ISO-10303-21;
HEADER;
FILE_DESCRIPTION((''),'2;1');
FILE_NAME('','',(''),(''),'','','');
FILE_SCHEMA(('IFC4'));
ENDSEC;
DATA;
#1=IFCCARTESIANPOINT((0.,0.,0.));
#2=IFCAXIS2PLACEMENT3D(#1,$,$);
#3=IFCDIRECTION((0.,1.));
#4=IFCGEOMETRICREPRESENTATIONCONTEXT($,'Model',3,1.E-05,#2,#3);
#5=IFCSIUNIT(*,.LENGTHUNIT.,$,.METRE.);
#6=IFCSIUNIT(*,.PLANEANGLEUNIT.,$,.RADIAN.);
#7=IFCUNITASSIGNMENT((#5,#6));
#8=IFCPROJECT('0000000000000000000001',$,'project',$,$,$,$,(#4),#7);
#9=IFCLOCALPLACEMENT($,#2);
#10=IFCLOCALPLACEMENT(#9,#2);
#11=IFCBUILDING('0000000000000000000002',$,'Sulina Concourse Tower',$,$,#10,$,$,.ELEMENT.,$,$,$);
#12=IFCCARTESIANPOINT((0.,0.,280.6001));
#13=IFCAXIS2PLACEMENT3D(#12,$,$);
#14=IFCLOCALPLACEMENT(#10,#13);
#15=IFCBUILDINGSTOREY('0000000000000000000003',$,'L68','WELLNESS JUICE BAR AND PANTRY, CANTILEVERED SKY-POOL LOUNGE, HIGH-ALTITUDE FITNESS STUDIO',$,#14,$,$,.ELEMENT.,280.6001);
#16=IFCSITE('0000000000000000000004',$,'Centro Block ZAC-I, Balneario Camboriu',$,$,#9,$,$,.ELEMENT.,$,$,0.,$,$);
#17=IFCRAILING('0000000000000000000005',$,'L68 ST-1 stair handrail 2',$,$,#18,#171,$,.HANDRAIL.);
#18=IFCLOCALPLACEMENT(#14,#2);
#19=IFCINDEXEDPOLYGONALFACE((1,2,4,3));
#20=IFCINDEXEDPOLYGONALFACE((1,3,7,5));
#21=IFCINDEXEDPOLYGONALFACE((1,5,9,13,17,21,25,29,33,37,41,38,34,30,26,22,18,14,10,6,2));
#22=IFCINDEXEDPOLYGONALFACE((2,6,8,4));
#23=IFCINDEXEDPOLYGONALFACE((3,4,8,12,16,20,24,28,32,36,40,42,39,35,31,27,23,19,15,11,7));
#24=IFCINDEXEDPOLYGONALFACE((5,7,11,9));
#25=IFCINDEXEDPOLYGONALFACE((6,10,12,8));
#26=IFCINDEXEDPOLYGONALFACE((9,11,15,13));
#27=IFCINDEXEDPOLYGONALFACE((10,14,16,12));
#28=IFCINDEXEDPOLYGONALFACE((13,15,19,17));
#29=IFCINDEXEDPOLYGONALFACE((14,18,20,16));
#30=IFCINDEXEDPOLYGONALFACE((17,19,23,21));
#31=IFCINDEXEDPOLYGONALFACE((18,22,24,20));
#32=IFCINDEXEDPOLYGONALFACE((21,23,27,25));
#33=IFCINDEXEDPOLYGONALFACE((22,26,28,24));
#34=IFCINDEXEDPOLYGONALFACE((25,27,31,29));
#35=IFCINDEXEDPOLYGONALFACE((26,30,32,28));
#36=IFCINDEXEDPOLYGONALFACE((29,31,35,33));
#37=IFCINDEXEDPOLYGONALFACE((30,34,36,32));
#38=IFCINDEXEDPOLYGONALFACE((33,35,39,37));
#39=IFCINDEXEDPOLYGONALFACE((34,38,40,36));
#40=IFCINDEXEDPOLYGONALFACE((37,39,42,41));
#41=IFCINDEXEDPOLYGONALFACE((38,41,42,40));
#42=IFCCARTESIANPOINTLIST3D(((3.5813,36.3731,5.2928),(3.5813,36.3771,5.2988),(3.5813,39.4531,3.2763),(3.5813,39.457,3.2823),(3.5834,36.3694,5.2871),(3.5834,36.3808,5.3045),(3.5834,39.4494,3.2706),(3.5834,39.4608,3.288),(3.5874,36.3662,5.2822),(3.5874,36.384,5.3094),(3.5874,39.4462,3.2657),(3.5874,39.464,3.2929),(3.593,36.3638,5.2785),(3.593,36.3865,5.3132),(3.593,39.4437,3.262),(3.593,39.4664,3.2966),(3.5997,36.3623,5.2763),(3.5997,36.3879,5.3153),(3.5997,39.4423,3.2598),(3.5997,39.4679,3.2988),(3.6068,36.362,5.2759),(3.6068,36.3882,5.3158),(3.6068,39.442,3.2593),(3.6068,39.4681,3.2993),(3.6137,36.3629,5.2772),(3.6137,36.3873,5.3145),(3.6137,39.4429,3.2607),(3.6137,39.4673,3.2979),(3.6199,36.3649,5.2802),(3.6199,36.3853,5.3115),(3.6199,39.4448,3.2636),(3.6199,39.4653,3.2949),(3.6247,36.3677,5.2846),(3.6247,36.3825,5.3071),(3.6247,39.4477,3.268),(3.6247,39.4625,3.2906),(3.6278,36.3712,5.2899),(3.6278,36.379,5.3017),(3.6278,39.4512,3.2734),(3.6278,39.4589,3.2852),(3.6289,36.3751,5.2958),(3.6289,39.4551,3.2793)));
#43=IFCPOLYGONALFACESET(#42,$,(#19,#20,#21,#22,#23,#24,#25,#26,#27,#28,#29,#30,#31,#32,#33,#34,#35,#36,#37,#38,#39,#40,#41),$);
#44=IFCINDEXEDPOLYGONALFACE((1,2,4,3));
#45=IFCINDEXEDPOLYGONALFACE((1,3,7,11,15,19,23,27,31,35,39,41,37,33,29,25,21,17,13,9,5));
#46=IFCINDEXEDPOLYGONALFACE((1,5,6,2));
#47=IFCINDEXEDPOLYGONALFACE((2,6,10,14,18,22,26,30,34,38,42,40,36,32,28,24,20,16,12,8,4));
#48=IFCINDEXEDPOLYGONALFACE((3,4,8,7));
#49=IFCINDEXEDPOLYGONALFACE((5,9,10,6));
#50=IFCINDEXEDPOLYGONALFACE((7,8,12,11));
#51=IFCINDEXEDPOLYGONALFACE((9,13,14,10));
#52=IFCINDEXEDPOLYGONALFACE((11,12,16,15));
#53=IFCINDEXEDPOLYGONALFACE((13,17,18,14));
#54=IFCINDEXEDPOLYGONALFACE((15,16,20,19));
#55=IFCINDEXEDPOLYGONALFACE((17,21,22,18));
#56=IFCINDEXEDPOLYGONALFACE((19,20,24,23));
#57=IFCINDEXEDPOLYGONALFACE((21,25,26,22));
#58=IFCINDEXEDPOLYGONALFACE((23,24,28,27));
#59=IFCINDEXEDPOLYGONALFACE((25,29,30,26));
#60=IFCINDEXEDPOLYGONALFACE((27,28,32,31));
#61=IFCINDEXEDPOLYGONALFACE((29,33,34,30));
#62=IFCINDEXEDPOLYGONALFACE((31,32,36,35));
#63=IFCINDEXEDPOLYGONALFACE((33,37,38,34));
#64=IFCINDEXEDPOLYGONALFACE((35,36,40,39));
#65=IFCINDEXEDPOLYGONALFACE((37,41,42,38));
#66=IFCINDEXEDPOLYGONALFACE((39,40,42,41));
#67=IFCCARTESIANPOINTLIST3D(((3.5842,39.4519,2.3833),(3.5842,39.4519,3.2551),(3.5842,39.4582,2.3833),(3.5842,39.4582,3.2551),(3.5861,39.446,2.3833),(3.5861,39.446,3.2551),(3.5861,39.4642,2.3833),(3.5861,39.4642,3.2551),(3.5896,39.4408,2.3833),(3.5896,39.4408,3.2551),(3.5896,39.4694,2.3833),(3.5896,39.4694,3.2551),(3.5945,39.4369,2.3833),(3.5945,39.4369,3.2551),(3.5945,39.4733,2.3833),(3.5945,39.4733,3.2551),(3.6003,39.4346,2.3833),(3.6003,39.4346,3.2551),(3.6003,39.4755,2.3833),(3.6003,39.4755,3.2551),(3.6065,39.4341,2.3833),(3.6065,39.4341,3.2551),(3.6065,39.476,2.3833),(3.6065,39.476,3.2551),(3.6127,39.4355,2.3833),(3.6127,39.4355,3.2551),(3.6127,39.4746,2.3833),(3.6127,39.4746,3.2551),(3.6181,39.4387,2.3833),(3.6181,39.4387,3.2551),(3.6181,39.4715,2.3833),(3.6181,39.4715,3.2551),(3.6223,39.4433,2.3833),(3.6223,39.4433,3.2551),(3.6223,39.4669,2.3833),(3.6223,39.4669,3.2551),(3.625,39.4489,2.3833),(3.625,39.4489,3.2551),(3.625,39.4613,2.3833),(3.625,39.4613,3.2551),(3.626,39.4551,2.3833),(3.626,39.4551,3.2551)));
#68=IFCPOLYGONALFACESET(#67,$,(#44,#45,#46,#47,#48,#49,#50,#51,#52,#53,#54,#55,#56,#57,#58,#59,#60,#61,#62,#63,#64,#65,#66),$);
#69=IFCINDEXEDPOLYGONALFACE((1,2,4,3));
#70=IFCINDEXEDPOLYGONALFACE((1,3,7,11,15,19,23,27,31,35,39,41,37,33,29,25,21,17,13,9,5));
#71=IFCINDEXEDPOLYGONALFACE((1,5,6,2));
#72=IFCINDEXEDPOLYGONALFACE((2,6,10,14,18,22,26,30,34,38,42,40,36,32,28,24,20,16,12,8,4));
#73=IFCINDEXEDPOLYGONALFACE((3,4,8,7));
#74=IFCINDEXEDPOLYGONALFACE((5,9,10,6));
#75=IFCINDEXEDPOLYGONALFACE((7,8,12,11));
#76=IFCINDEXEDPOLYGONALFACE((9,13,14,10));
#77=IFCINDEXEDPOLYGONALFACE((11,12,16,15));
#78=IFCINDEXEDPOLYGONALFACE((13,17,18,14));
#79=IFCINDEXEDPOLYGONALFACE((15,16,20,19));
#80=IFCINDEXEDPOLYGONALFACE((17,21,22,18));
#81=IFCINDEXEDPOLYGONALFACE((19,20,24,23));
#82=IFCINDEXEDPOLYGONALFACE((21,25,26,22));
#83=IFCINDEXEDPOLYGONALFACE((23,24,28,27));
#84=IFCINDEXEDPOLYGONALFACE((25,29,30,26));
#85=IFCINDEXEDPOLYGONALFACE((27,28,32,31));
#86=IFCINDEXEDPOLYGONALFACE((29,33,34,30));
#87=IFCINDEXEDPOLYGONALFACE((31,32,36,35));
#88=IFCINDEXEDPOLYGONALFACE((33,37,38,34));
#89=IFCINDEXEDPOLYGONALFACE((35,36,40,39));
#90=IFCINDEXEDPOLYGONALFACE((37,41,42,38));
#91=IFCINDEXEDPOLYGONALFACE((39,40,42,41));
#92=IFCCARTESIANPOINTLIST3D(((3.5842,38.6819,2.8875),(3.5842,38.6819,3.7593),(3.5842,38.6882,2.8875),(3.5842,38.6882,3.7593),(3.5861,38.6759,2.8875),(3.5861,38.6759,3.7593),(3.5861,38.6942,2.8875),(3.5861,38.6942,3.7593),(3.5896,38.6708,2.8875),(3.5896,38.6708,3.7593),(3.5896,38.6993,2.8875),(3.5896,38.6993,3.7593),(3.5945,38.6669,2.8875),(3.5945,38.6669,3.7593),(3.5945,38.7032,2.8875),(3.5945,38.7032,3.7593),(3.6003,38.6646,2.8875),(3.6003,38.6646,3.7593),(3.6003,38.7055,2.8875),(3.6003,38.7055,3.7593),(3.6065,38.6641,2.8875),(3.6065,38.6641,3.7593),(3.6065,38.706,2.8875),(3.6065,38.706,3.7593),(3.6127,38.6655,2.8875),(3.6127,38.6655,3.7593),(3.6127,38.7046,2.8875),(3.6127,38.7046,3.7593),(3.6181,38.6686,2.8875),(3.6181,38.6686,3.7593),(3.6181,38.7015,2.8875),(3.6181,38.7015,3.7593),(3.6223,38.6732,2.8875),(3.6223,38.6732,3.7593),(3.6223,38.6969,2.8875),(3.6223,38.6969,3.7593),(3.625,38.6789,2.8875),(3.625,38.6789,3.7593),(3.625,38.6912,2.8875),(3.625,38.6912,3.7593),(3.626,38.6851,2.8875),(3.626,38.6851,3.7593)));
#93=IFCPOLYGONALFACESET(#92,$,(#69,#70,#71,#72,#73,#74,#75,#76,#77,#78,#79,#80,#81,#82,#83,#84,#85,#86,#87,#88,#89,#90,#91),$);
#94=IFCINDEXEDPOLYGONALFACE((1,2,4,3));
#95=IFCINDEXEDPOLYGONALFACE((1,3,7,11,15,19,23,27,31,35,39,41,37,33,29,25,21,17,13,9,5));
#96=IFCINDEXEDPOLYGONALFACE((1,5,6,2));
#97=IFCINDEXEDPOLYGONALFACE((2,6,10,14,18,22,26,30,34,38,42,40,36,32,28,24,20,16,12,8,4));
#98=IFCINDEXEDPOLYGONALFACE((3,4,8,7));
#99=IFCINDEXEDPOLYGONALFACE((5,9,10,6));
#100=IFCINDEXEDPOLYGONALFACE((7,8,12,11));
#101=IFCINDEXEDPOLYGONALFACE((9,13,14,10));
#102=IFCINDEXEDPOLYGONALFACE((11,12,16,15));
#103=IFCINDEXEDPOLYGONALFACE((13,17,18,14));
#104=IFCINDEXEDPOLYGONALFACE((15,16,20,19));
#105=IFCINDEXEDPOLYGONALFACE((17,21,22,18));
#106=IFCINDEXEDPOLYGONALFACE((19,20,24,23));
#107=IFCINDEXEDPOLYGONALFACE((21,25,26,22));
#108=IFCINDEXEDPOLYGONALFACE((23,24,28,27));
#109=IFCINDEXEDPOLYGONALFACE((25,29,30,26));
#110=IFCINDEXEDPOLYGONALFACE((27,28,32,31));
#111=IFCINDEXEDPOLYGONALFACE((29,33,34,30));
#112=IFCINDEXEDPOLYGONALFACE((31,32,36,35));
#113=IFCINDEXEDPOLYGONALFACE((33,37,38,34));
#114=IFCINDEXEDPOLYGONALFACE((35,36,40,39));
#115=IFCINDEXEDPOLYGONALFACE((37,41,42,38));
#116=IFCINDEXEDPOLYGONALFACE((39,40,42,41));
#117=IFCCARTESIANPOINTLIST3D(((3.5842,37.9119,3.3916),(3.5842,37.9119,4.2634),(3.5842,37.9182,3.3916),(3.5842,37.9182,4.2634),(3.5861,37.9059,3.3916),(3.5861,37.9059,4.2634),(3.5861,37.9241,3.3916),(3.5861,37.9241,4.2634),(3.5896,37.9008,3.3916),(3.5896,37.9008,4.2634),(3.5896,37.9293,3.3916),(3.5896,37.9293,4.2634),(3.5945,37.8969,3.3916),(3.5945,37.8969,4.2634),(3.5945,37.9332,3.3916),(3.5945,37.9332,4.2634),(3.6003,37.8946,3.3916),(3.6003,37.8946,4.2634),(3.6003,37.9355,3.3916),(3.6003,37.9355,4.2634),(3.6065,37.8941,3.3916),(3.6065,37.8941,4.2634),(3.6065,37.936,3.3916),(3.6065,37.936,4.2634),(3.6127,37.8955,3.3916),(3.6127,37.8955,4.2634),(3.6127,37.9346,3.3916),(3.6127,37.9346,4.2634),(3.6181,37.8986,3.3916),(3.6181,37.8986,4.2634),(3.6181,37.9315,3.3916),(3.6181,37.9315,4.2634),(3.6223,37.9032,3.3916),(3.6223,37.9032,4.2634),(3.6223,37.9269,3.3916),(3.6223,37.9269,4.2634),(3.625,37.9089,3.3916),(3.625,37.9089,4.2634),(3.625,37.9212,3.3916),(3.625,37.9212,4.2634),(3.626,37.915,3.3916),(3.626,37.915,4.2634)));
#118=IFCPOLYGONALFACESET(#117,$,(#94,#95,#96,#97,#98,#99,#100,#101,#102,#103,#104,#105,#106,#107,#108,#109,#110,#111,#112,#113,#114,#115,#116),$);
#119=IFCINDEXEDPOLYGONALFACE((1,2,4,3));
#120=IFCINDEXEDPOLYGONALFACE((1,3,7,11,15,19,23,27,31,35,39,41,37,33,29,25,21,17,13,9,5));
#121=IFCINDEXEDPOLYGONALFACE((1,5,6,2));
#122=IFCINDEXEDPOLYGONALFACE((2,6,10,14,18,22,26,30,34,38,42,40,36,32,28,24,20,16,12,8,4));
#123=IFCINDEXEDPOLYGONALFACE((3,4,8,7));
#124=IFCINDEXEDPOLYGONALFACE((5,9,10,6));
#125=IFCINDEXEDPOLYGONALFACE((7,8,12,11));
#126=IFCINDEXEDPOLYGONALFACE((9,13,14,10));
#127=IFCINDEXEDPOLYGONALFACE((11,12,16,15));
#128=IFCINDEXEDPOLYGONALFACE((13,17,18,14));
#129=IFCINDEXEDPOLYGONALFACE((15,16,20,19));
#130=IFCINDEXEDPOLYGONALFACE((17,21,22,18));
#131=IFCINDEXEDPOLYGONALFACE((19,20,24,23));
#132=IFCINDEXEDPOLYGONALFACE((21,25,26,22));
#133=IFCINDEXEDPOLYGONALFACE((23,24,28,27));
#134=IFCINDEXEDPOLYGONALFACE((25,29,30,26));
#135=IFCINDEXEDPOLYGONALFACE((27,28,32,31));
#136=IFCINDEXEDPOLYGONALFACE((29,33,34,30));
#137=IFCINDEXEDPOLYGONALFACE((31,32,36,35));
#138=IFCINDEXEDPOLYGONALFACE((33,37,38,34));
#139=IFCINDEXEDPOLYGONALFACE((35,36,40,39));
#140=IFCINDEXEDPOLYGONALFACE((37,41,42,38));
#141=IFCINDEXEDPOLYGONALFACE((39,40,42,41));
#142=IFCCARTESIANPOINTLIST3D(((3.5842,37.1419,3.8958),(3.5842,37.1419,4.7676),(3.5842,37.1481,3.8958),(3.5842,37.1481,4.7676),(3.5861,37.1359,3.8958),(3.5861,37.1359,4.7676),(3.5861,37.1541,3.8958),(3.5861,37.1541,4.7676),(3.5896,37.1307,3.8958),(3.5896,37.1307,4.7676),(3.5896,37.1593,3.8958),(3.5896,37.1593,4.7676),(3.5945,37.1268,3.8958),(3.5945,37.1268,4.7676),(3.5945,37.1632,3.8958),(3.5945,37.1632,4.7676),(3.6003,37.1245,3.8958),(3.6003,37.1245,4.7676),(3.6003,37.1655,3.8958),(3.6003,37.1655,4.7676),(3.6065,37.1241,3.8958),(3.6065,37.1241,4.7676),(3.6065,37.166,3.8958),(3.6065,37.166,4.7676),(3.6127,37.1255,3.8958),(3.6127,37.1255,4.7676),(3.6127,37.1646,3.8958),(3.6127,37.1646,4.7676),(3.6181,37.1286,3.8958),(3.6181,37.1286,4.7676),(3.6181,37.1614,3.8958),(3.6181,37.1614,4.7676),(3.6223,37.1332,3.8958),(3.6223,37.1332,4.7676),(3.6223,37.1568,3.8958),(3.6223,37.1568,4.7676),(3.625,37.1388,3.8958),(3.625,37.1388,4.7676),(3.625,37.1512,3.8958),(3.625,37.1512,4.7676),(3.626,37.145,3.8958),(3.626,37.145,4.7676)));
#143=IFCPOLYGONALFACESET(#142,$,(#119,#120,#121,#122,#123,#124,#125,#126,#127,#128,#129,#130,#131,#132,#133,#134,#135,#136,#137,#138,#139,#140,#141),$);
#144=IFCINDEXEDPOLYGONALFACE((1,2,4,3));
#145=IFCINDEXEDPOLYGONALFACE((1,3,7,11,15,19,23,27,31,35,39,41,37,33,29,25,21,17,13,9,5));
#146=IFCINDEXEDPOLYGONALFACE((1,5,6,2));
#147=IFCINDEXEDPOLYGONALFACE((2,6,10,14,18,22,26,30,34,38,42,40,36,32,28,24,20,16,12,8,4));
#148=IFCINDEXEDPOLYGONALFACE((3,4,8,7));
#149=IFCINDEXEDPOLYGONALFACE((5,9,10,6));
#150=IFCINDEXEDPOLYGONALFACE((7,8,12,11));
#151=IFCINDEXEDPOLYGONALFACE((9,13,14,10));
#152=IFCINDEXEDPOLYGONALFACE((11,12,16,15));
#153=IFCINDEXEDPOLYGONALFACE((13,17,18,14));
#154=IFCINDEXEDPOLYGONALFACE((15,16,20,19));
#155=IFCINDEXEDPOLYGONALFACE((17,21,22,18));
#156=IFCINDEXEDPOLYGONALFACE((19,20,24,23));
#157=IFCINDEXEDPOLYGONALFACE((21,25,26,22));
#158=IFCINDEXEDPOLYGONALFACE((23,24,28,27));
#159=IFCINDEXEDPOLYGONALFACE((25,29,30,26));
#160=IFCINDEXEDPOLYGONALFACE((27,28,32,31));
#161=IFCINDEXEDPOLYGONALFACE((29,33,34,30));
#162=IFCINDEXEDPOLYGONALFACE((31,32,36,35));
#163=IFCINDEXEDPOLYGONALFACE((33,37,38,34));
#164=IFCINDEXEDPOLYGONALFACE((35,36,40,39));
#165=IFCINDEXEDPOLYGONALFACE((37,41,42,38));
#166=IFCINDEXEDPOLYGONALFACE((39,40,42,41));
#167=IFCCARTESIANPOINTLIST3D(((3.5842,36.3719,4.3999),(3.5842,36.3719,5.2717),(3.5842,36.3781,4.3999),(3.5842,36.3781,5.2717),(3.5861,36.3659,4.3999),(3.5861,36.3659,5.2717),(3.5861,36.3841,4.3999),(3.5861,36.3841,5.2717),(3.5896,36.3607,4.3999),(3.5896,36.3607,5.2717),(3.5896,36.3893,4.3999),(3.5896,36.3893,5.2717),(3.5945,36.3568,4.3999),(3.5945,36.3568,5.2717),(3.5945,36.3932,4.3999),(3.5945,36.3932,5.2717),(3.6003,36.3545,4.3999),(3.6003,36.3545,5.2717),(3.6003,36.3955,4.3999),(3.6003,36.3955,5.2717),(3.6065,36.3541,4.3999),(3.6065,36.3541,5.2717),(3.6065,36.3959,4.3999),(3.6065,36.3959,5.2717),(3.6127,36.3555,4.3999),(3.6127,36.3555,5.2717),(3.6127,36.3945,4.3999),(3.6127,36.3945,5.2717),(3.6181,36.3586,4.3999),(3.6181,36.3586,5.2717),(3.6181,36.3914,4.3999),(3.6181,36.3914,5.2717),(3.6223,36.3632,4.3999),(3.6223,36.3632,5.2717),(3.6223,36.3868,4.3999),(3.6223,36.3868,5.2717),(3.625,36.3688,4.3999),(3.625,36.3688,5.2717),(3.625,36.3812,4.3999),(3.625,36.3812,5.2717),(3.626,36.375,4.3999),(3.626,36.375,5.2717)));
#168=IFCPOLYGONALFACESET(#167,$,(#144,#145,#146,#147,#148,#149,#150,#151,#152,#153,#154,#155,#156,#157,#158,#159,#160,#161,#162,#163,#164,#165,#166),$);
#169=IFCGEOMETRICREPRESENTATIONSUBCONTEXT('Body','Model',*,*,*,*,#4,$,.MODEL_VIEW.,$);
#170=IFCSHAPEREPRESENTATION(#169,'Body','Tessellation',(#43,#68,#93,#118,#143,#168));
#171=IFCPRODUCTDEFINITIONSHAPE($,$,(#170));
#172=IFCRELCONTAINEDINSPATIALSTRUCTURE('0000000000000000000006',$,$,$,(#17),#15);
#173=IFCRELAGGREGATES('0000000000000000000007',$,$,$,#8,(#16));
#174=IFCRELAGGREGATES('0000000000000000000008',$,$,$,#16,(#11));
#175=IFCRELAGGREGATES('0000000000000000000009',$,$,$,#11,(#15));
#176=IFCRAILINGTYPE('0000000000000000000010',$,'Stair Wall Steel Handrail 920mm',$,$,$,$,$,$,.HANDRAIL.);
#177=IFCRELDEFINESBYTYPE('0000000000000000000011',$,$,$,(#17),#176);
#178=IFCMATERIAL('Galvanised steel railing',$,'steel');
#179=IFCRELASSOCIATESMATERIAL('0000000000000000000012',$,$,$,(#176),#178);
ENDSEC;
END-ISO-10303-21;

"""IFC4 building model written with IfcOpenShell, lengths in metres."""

from ifc_helpers import new_model, si_unit, direction, frame, origin, origin_2d, place, context, subcontext, project, spatial, circle, extrude, material, type_object, element, save


model = new_model("IFC4")

# Units and contexts
model_context = context("Model", 3, precision=1e-05, world=origin(), true_north=direction((0.0, 1.0)))
body_context = subcontext(model_context, "Body", "Model", "MODEL_VIEW")
ifc_project = project(units=[si_unit("LENGTHUNIT", "METRE"), si_unit("PLANEANGLEUNIT", "RADIAN")], contexts=[model_context])

# Site, building, storey
site_placement = place(None, origin())
site = spatial("IfcSite", under=ifc_project, at=site_placement, Name="Centro Block ZAC-I, Balneario Camboriu", CompositionType="ELEMENT", RefElevation=0.0)
building_placement = place(site_placement, origin())
building = spatial("IfcBuilding", under=site, at=building_placement, Name="Sulina Concourse Tower", CompositionType="ELEMENT")
storey_placement = place(building_placement, frame((0.0, 0.0, 280.6001)))
storey = spatial("IfcBuildingStorey", under=building, at=storey_placement, Name="L68", Description="WELLNESS JUICE BAR AND PANTRY, CANTILEVERED SKY-POOL LOUNGE, HIGH-ALTITUDE FITNESS STUDIO", CompositionType="ELEMENT", Elevation=280.6001)

# Railing
ifc_material_1 = material(Name="Galvanised steel railing", Category="steel")
railing_type_1 = type_object("IfcRailingType", Name="Stair Wall Steel Handrail 920mm", PredefinedType="HANDRAIL", material=ifc_material_1)
railing_1_placement = place(storey_placement, frame((3.605, 39.4551, 2.3833)))
element("IfcRailing", 1, at=railing_1_placement, inside=storey, type_object=railing_type_1, Name="L68 ST-1 stair handrail 2", PredefinedType="HANDRAIL", context=body_context, shape_type="SweptSolid", body=[
    extrude(circle(Radius=0.0239, at=origin_2d()), frame((0.0, 0.0, 0.896), z_axis=(0.0, -0.836633, 0.547764), x_axis=(1.0, 0.0, 0.0)), (0.0, 0.0, 1.0), 3.6814),
    extrude(circle(Radius=0.021, at=origin_2d()), origin(), (0.0, 0.0, 1.0), 0.8718),
    extrude(circle(Radius=0.021, at=origin_2d()), frame((0.0, -0.77, 0.5042)), (0.0, 0.0, 1.0), 0.8718),
    extrude(circle(Radius=0.021, at=origin_2d()), frame((0.0, -1.54, 1.0083)), (0.0, 0.0, 1.0), 0.8718),
    extrude(circle(Radius=0.021, at=origin_2d()), frame((0.0, -2.3101, 1.5125)), (0.0, 0.0, 1.0), 0.8718),
    extrude(circle(Radius=0.021, at=origin_2d()), frame((0.0, -3.0801, 2.0166)), (0.0, 0.0, 1.0), 0.8718),
])

save(model, "model.ifc")
